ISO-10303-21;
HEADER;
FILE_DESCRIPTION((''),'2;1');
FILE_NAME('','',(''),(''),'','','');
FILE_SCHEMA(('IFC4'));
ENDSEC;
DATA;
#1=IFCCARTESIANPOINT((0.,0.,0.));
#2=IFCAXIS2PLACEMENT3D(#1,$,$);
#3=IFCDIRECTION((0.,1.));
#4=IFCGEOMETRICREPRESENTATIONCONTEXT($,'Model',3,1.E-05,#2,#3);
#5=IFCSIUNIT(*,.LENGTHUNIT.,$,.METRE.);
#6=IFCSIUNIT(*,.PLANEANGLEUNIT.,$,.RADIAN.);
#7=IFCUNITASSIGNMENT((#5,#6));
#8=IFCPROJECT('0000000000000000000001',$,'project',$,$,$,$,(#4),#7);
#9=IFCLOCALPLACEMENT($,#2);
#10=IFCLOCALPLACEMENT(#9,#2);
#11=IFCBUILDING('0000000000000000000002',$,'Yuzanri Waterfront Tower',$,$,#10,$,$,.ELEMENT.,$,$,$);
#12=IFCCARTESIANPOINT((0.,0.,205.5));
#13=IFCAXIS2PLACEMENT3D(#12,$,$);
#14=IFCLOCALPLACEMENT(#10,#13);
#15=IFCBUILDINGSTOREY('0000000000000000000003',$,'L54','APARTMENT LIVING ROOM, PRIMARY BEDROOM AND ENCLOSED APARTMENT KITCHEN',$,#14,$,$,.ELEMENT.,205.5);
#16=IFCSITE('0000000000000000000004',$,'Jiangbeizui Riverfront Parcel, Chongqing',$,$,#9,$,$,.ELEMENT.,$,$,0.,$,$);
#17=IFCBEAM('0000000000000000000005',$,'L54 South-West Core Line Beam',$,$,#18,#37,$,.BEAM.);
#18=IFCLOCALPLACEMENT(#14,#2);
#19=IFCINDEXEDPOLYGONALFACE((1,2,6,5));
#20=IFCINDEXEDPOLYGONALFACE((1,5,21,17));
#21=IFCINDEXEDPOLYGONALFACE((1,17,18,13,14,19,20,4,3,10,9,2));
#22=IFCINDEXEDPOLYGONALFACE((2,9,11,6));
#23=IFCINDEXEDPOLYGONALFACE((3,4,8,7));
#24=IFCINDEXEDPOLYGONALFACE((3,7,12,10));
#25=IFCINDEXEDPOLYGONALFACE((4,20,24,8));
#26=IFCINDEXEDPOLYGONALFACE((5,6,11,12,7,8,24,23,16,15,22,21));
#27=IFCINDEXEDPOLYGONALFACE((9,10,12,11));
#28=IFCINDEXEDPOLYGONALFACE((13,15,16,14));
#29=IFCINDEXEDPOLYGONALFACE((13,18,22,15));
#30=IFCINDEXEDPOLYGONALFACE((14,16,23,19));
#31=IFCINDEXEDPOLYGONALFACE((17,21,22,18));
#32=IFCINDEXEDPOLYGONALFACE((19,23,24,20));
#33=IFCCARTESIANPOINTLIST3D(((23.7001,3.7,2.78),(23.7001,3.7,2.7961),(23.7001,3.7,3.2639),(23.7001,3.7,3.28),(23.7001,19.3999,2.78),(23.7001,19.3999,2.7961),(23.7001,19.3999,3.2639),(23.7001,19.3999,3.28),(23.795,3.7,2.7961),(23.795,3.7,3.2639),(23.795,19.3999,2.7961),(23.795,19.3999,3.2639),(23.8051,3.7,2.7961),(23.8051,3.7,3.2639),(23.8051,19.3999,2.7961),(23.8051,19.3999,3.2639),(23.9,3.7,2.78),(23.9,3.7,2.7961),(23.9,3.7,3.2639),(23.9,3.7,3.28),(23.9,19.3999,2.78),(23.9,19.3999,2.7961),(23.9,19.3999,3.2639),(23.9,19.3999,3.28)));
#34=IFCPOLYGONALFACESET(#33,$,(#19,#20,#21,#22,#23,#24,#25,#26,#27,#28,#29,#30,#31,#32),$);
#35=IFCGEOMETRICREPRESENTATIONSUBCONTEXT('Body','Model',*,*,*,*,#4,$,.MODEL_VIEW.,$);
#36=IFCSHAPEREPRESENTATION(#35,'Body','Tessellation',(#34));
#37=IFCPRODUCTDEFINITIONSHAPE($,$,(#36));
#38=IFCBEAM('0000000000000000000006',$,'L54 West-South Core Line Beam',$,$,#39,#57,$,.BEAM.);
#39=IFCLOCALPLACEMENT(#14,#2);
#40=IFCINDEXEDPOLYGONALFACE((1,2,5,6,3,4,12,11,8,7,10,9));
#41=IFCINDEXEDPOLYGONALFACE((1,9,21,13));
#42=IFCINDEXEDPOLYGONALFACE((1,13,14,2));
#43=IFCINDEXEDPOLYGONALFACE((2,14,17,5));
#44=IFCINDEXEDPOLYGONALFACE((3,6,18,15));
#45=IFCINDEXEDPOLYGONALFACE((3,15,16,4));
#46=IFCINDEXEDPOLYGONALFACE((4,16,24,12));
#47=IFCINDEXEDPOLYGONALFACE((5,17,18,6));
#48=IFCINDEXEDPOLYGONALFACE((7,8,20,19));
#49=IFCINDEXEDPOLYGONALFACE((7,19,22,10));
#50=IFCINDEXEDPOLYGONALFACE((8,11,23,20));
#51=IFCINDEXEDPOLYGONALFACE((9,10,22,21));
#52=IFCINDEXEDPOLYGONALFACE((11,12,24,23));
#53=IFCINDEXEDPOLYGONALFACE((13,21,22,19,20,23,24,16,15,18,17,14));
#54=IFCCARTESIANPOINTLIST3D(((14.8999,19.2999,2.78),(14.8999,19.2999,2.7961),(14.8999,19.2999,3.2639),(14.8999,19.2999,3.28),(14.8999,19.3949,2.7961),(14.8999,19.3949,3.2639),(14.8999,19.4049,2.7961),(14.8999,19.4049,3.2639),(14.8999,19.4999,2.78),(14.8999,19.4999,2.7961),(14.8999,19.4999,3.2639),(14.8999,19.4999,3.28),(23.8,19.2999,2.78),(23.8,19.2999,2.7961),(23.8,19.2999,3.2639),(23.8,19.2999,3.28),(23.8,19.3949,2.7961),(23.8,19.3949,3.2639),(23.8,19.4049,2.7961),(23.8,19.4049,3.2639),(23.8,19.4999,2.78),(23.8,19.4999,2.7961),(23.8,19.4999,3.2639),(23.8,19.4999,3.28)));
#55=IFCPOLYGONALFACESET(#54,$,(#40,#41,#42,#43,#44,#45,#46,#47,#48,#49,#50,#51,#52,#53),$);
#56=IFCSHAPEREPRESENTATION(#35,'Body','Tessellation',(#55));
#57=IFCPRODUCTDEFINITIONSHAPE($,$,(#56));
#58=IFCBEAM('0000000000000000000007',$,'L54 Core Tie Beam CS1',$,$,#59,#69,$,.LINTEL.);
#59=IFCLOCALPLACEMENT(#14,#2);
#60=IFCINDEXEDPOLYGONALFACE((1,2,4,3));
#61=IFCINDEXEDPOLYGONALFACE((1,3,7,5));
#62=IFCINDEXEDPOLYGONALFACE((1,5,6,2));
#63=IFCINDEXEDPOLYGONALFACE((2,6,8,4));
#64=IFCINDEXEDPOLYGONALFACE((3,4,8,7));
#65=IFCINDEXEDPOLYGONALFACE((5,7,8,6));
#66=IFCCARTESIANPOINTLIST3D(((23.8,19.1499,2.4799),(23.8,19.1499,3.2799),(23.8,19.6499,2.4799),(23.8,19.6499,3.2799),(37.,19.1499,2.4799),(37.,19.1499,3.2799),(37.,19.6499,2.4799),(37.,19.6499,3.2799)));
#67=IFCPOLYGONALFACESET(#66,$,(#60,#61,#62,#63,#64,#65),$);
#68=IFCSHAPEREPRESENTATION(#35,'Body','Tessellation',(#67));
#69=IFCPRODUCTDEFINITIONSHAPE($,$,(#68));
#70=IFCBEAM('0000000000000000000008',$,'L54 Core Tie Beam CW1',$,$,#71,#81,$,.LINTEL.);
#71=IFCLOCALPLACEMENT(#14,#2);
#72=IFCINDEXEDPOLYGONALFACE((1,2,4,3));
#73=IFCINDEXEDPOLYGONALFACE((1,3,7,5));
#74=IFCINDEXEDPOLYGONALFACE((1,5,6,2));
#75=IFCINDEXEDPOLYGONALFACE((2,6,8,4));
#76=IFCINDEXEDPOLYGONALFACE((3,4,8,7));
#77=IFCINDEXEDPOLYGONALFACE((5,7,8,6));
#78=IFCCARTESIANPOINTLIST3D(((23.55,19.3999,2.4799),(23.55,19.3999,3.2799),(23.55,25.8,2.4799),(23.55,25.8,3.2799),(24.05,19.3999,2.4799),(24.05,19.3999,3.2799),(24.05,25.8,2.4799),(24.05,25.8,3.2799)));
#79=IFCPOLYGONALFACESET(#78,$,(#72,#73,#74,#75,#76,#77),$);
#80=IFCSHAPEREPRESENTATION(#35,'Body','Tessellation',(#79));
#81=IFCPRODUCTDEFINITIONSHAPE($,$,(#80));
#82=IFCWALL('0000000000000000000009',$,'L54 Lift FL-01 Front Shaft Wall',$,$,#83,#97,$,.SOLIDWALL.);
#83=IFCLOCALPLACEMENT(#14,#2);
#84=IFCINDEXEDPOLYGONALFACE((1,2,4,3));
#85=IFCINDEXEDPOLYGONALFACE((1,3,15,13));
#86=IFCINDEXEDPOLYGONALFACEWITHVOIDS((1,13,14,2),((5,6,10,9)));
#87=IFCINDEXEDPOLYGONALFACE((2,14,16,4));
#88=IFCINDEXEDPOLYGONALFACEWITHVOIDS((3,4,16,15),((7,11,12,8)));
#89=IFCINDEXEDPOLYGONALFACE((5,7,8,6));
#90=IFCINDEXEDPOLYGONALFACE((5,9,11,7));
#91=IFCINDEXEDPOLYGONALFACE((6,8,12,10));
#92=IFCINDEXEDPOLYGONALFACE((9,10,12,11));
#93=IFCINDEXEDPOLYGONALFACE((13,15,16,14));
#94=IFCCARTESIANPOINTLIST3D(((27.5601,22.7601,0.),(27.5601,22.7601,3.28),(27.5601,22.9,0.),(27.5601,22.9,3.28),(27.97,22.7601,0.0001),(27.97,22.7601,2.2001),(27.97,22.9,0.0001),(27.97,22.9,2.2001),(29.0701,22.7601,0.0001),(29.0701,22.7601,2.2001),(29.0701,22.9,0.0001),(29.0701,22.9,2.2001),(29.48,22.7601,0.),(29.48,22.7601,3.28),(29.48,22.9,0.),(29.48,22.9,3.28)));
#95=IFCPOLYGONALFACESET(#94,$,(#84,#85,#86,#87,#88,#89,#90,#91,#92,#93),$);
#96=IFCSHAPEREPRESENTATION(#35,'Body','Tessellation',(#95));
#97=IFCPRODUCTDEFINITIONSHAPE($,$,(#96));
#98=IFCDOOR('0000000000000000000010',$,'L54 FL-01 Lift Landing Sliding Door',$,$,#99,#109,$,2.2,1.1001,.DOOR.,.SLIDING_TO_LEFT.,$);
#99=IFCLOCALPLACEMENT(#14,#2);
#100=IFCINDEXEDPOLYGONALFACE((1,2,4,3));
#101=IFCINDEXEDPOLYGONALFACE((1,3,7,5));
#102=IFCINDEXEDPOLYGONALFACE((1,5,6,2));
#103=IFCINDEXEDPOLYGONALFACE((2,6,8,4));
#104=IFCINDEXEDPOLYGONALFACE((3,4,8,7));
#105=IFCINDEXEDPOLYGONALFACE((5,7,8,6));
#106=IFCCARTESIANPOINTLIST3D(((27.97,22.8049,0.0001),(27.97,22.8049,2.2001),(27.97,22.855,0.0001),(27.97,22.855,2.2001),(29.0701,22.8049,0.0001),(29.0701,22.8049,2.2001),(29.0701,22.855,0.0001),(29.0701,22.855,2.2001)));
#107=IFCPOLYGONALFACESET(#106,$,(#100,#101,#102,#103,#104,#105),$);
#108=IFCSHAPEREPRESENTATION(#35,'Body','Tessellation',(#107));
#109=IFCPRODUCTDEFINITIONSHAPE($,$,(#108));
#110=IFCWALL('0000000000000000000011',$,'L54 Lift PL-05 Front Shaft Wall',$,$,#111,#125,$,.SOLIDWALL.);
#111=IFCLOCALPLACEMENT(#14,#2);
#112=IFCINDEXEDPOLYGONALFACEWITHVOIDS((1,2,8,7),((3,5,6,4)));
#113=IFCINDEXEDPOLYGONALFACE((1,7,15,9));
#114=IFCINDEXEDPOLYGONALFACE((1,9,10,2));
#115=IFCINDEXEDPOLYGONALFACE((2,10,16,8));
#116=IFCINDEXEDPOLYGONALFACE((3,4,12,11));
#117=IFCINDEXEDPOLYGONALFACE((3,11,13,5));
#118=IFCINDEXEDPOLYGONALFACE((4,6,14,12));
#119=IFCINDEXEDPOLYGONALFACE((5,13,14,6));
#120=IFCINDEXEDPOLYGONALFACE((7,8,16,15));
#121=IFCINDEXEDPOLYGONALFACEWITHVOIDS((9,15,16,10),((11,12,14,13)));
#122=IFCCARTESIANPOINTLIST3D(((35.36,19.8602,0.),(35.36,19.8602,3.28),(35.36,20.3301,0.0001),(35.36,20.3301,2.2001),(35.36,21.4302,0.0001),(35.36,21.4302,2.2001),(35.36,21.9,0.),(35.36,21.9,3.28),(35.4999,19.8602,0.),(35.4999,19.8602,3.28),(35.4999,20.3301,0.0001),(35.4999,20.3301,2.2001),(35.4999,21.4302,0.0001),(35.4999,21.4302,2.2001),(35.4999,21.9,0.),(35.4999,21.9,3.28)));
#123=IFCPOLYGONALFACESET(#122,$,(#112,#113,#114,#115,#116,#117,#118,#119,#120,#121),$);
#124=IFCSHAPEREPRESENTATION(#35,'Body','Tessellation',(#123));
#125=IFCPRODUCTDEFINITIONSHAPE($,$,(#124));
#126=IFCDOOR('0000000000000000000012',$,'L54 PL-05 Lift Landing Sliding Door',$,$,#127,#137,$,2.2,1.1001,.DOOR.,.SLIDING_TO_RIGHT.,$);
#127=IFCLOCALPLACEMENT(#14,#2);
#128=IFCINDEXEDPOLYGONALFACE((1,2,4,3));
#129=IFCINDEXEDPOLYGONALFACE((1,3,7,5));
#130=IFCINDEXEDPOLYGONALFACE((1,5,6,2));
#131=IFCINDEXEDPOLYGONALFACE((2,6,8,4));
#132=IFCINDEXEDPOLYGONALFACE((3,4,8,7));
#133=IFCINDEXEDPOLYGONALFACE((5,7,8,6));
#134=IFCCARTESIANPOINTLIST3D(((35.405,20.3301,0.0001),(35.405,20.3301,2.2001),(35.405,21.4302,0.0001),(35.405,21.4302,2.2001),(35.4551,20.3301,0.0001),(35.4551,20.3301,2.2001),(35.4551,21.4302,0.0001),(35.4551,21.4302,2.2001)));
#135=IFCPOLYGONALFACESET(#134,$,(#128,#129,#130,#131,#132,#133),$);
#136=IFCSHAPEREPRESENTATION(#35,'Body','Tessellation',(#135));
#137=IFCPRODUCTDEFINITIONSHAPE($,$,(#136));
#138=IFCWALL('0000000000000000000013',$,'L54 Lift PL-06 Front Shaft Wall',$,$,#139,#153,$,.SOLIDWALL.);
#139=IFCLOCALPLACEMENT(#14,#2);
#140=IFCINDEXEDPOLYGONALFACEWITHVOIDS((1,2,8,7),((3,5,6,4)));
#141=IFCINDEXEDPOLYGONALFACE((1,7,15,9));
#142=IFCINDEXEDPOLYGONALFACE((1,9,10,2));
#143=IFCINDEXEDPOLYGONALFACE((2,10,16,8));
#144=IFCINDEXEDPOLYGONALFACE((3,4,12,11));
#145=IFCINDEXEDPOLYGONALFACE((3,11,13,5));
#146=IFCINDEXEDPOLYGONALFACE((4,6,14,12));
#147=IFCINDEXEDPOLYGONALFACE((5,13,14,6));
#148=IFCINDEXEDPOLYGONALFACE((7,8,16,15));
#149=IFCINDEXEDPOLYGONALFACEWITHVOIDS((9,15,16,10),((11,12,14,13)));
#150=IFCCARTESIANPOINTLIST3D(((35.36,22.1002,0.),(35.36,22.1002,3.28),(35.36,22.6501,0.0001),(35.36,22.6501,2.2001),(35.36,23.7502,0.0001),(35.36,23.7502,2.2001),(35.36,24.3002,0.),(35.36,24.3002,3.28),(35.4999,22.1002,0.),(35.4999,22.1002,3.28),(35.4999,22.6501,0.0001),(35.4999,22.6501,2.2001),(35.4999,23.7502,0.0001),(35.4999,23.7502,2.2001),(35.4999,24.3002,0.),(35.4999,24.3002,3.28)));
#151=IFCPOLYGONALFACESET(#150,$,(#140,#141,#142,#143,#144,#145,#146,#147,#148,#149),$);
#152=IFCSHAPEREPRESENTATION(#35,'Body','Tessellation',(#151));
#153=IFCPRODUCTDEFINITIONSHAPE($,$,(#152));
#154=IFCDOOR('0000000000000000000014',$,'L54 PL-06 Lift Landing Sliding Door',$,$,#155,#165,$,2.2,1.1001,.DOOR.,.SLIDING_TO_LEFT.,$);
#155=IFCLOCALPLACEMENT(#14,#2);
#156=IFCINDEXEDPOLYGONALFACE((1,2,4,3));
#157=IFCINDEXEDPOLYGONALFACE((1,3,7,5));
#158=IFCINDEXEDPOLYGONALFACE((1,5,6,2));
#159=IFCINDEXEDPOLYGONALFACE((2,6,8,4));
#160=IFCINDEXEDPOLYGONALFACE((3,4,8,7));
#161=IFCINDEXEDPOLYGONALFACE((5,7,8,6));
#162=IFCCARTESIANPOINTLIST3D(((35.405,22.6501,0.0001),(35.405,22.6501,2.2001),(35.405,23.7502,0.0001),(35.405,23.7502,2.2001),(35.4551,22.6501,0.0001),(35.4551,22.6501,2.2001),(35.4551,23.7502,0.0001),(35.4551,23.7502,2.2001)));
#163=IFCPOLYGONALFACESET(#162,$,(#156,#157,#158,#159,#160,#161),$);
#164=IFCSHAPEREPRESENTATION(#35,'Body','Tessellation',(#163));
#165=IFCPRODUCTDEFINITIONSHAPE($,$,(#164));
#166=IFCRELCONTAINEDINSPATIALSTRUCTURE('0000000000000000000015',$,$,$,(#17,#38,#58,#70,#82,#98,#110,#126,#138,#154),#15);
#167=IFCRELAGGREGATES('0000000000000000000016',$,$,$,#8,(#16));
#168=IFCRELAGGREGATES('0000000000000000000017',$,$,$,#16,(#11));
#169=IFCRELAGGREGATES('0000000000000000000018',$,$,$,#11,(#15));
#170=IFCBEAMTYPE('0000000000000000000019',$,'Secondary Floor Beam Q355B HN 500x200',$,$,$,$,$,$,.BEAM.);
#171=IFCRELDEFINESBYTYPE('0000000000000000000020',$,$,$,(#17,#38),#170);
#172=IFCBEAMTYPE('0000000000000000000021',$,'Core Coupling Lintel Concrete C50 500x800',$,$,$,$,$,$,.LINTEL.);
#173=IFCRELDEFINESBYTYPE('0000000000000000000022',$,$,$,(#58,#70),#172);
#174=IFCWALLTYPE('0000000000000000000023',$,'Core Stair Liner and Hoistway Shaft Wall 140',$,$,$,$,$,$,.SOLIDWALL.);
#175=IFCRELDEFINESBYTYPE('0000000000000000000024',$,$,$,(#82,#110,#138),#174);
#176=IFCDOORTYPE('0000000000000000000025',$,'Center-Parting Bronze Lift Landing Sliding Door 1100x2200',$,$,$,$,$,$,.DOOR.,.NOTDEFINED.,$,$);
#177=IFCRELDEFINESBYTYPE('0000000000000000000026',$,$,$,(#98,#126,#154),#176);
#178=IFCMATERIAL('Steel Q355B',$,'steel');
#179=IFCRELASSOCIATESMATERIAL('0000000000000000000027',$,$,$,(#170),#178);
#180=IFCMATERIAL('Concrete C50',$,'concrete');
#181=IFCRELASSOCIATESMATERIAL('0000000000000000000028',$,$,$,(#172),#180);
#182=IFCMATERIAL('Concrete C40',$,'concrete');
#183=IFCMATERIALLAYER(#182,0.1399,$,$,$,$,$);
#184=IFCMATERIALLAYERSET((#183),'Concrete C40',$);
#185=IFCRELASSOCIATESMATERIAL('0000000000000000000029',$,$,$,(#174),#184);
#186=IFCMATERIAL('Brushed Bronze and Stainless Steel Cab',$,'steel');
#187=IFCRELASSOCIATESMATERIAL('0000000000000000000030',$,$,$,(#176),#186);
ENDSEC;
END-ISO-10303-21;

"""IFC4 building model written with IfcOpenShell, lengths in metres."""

from ifc_helpers import new_model, si_unit, direction, frame, frame_2d, origin, origin_2d, place, context, subcontext, project, spatial, rectangle, i_section, extrude, source, transform, mapped, material, layer, layer_set, material_profile, profile_set, type_object, element, fill, save


model = new_model("IFC4")

# Units and contexts
model_context = context("Model", 3, precision=1e-05, world=origin(), true_north=direction((0.0, 1.0)))
body_context = subcontext(model_context, "Body", "Model", "MODEL_VIEW")
ifc_project = project(units=[si_unit("LENGTHUNIT", "METRE"), si_unit("PLANEANGLEUNIT", "RADIAN")], contexts=[model_context])

# Site, building, storey
site_placement = place(None, origin())
site = spatial("IfcSite", under=ifc_project, at=site_placement, Name="Jiangbeizui Riverfront Parcel, Chongqing", CompositionType="ELEMENT", RefElevation=0.0)
building_placement = place(site_placement, origin())
building = spatial("IfcBuilding", under=site, at=building_placement, Name="Yuzanri Waterfront Tower", CompositionType="ELEMENT")
storey_placement = place(building_placement, frame((0.0, 0.0, 205.5)))
storey = spatial("IfcBuildingStorey", under=building, at=storey_placement, Name="L54", Description="APARTMENT LIVING ROOM, PRIMARY BEDROOM AND ENCLOSED APARTMENT KITCHEN", CompositionType="ELEMENT", Elevation=205.5)

# Beams
ifc_material_1 = material(Name="Steel Q355B", Category="steel")
ifc_material_profile_1 = material_profile(ifc_material_1, i_section(OverallWidth=0.2, OverallDepth=0.5, WebThickness=0.01, FlangeThickness=0.0161, at=origin_2d()), Name="HN 500x200x10x16")
ifc_profile_set_1 = profile_set([ifc_material_profile_1], Name="Steel Q355B")
beam_type_1 = type_object("IfcBeamType", Name="Secondary Floor Beam Q355B HN 500x200", PredefinedType="BEAM", material=ifc_profile_set_1)
shared_shape_1 = source(origin(), body_context, "Body", "SweptSolid", [
    extrude(i_section(OverallWidth=0.2, OverallDepth=0.5, WebThickness=0.01, FlangeThickness=0.0161, at=origin_2d()), origin(), (0.0, 0.0, 1.0), 15.7),
])
beam_1_placement = place(storey_placement, frame((23.8, 19.3999, 3.03), z_axis=(0.0, -1.0, 0.0), x_axis=(1.0, 0.0, 0.0)))
element("IfcBeam", 1, at=beam_1_placement, inside=storey, type_object=beam_type_1, Name="L54 South-West Core Line Beam", PredefinedType="BEAM", context=body_context, shape_type="MappedRepresentation", body=[
    mapped(shared_shape_1, transform((0.0, 0.0, 0.0), scale=1.0)),
])
shared_shape_2 = source(origin(), body_context, "Body", "SweptSolid", [
    extrude(i_section(OverallWidth=0.2, OverallDepth=0.5, WebThickness=0.01, FlangeThickness=0.0161, at=origin_2d()), origin(), (0.0, 0.0, 1.0), 8.9001),
])
beam_2_placement = place(storey_placement, frame((23.8, 19.3999, 3.03), z_axis=(-1.0, 0.0, 0.0), x_axis=(0.0, -1.0, 0.0)))
element("IfcBeam", 2, at=beam_2_placement, inside=storey, type_object=beam_type_1, Name="L54 West-South Core Line Beam", PredefinedType="BEAM", context=body_context, shape_type="MappedRepresentation", body=[
    mapped(shared_shape_2, transform((0.0, 0.0, 0.0), scale=1.0)),
])
ifc_material_2 = material(Name="Concrete C50", Category="concrete")
ifc_material_profile_2 = material_profile(ifc_material_2, rectangle(XDim=0.5, YDim=0.8, at=origin_2d()), Name="RC 500x800")
ifc_profile_set_2 = profile_set([ifc_material_profile_2], Name="Concrete C50")
beam_type_2 = type_object("IfcBeamType", Name="Core Coupling Lintel Concrete C50 500x800", PredefinedType="LINTEL", material=ifc_profile_set_2)
shared_shape_3 = source(origin(), body_context, "Body", "SweptSolid", [
    extrude(rectangle(XDim=0.5, YDim=0.8, at=origin_2d()), origin(), (0.0, 0.0, 1.0), 13.2),
])
beam_3_placement = place(storey_placement, frame((23.8, 19.3999, 2.8799), z_axis=(1.0, 0.0, 0.0), x_axis=(0.0, 1.0, 0.0)))
element("IfcBeam", 3, at=beam_3_placement, inside=storey, type_object=beam_type_2, Name="L54 Core Tie Beam CS1", PredefinedType="LINTEL", context=body_context, shape_type="MappedRepresentation", body=[
    mapped(shared_shape_3, transform((0.0, 0.0, 0.0), scale=1.0)),
])
shared_shape_4 = source(origin(), body_context, "Body", "SweptSolid", [
    extrude(rectangle(XDim=0.5, YDim=0.8, at=origin_2d()), origin(), (0.0, 0.0, 1.0), 6.4001),
])
beam_4_placement = place(storey_placement, frame((23.8, 19.3999, 2.8799), z_axis=(0.0, 1.0, 0.0), x_axis=(-1.0, 0.0, 0.0)))
element("IfcBeam", 4, at=beam_4_placement, inside=storey, type_object=beam_type_2, Name="L54 Core Tie Beam CW1", PredefinedType="LINTEL", context=body_context, shape_type="MappedRepresentation", body=[
    mapped(shared_shape_4, transform((0.0, 0.0, 0.0), scale=1.0)),
])

# Walls, openings, doors
ifc_material_3 = material(Name="Concrete C40", Category="concrete")
ifc_layer_1 = layer(ifc_material_3, 0.1399)
ifc_layer_set_1 = layer_set([ifc_layer_1], Name="Concrete C40")
wall_type_1 = type_object("IfcWallType", Name="Core Stair Liner and Hoistway Shaft Wall 140", PredefinedType="SOLIDWALL", material=ifc_layer_set_1)
wall_1_placement = place(storey_placement, frame((27.5601, 22.8301, 0.0), z_axis=(0.0, 0.0, 1.0), x_axis=(1.0, 0.0, 0.0)))
wall_1 = element("IfcWall", 5, at=wall_1_placement, inside=storey, type_object=wall_type_1, Name="L54 Lift FL-01 Front Shaft Wall", PredefinedType="SOLIDWALL", context=body_context, shape_type="SweptSolid", body=[
    extrude(rectangle(XDim=1.9199, YDim=0.1399, at=frame_2d((0.96, 0.0))), origin(), (0.0, 0.0, 1.0), 3.28),
])
opening_1_placement = place(wall_1_placement, frame((0.4099, 0.0, 0.0)))
opening_1 = element("IfcOpeningElement", 6, at=opening_1_placement, cuts=wall_1, PredefinedType="OPENING", context=body_context, shape_type="SweptSolid", body=[
    extrude(rectangle(XDim=1.1001, YDim=2.2, at=frame_2d((0.55, 1.1001))), frame((0.0, 0.085, 0.0), z_axis=(0.0, -1.0, 0.0), x_axis=(1.0, 0.0, 0.0)), (0.0, 0.0, 1.0), 0.1697),
])
ifc_material_4 = material(Name="Brushed Bronze and Stainless Steel Cab", Category="steel")
door_type_1 = type_object("IfcDoorType", Name="Center-Parting Bronze Lift Landing Sliding Door 1100x2200", OperationType="NOTDEFINED", PredefinedType="DOOR", material=ifc_material_4)
shared_shape_5 = source(origin(), body_context, "Body", "SweptSolid", [
    extrude(rectangle(XDim=1.1001, YDim=2.2, at=frame_2d((0.55, 1.1001))), frame((0.0, 0.0249, 0.0), z_axis=(0.0, -1.0, 0.0), x_axis=(1.0, 0.0, 0.0)), (0.0, 0.0, 1.0), 0.05),
])
door_1_placement = place(opening_1_placement, origin())
door_1 = element("IfcDoor", 7, at=door_1_placement, inside=storey, type_object=door_type_1, Name="L54 FL-01 Lift Landing Sliding Door", OperationType="SLIDING_TO_LEFT", OverallHeight=2.2, OverallWidth=1.1001, PredefinedType="DOOR", context=body_context, shape_type="MappedRepresentation", body=[
    mapped(shared_shape_5, transform((0.0, 0.0, 0.0), scale=1.0)),
])
fill(opening_1, door_1)
wall_2_placement = place(storey_placement, frame((35.4299, 19.8601, 0.0), z_axis=(0.0, 0.0, 1.0), x_axis=(0.0, 1.0, 0.0)))
wall_2 = element("IfcWall", 8, at=wall_2_placement, inside=storey, type_object=wall_type_1, Name="L54 Lift PL-05 Front Shaft Wall", PredefinedType="SOLIDWALL", context=body_context, shape_type="SweptSolid", body=[
    extrude(rectangle(XDim=2.0398, YDim=0.1399, at=frame_2d((1.02, 0.0))), origin(), (0.0, 0.0, 1.0), 3.28),
])
opening_2_placement = place(wall_2_placement, frame((0.47, 0.0, 0.0)))
opening_2 = element("IfcOpeningElement", 9, at=opening_2_placement, cuts=wall_2, PredefinedType="OPENING", context=body_context, shape_type="SweptSolid", body=[
    extrude(rectangle(XDim=1.1001, YDim=2.2, at=frame_2d((0.55, 1.1001))), frame((0.0, 0.085, 0.0), z_axis=(0.0, -1.0, 0.0), x_axis=(1.0, 0.0, 0.0)), (0.0, 0.0, 1.0), 0.1697),
])
door_2_placement = place(opening_2_placement, origin())
door_2 = element("IfcDoor", 10, at=door_2_placement, inside=storey, type_object=door_type_1, Name="L54 PL-05 Lift Landing Sliding Door", OperationType="SLIDING_TO_RIGHT", OverallHeight=2.2, OverallWidth=1.1001, PredefinedType="DOOR", context=body_context, shape_type="MappedRepresentation", body=[
    mapped(shared_shape_5, transform((0.0, 0.0, 0.0), scale=1.0)),
])
fill(opening_2, door_2)
wall_3_placement = place(storey_placement, frame((35.4299, 22.1001, 0.0), z_axis=(0.0, 0.0, 1.0), x_axis=(0.0, 1.0, 0.0)))
wall_3 = element("IfcWall", 11, at=wall_3_placement, inside=storey, type_object=wall_type_1, Name="L54 Lift PL-06 Front Shaft Wall", PredefinedType="SOLIDWALL", context=body_context, shape_type="SweptSolid", body=[
    extrude(rectangle(XDim=2.2, YDim=0.1399, at=frame_2d((1.1001, 0.0))), origin(), (0.0, 0.0, 1.0), 3.28),
])
opening_3_placement = place(wall_3_placement, frame((0.55, 0.0, 0.0)))
opening_3 = element("IfcOpeningElement", 12, at=opening_3_placement, cuts=wall_3, PredefinedType="OPENING", context=body_context, shape_type="SweptSolid", body=[
    extrude(rectangle(XDim=1.1001, YDim=2.2, at=frame_2d((0.55, 1.1001))), frame((0.0, 0.085, 0.0), z_axis=(0.0, -1.0, 0.0), x_axis=(1.0, 0.0, 0.0)), (0.0, 0.0, 1.0), 0.1697),
])
door_3_placement = place(opening_3_placement, origin())
door_3 = element("IfcDoor", 13, at=door_3_placement, inside=storey, type_object=door_type_1, Name="L54 PL-06 Lift Landing Sliding Door", OperationType="SLIDING_TO_LEFT", OverallHeight=2.2, OverallWidth=1.1001, PredefinedType="DOOR", context=body_context, shape_type="MappedRepresentation", body=[
    mapped(shared_shape_5, transform((0.0, 0.0, 0.0), scale=1.0)),
])
fill(opening_3, door_3)

save(model, "model.ifc")
